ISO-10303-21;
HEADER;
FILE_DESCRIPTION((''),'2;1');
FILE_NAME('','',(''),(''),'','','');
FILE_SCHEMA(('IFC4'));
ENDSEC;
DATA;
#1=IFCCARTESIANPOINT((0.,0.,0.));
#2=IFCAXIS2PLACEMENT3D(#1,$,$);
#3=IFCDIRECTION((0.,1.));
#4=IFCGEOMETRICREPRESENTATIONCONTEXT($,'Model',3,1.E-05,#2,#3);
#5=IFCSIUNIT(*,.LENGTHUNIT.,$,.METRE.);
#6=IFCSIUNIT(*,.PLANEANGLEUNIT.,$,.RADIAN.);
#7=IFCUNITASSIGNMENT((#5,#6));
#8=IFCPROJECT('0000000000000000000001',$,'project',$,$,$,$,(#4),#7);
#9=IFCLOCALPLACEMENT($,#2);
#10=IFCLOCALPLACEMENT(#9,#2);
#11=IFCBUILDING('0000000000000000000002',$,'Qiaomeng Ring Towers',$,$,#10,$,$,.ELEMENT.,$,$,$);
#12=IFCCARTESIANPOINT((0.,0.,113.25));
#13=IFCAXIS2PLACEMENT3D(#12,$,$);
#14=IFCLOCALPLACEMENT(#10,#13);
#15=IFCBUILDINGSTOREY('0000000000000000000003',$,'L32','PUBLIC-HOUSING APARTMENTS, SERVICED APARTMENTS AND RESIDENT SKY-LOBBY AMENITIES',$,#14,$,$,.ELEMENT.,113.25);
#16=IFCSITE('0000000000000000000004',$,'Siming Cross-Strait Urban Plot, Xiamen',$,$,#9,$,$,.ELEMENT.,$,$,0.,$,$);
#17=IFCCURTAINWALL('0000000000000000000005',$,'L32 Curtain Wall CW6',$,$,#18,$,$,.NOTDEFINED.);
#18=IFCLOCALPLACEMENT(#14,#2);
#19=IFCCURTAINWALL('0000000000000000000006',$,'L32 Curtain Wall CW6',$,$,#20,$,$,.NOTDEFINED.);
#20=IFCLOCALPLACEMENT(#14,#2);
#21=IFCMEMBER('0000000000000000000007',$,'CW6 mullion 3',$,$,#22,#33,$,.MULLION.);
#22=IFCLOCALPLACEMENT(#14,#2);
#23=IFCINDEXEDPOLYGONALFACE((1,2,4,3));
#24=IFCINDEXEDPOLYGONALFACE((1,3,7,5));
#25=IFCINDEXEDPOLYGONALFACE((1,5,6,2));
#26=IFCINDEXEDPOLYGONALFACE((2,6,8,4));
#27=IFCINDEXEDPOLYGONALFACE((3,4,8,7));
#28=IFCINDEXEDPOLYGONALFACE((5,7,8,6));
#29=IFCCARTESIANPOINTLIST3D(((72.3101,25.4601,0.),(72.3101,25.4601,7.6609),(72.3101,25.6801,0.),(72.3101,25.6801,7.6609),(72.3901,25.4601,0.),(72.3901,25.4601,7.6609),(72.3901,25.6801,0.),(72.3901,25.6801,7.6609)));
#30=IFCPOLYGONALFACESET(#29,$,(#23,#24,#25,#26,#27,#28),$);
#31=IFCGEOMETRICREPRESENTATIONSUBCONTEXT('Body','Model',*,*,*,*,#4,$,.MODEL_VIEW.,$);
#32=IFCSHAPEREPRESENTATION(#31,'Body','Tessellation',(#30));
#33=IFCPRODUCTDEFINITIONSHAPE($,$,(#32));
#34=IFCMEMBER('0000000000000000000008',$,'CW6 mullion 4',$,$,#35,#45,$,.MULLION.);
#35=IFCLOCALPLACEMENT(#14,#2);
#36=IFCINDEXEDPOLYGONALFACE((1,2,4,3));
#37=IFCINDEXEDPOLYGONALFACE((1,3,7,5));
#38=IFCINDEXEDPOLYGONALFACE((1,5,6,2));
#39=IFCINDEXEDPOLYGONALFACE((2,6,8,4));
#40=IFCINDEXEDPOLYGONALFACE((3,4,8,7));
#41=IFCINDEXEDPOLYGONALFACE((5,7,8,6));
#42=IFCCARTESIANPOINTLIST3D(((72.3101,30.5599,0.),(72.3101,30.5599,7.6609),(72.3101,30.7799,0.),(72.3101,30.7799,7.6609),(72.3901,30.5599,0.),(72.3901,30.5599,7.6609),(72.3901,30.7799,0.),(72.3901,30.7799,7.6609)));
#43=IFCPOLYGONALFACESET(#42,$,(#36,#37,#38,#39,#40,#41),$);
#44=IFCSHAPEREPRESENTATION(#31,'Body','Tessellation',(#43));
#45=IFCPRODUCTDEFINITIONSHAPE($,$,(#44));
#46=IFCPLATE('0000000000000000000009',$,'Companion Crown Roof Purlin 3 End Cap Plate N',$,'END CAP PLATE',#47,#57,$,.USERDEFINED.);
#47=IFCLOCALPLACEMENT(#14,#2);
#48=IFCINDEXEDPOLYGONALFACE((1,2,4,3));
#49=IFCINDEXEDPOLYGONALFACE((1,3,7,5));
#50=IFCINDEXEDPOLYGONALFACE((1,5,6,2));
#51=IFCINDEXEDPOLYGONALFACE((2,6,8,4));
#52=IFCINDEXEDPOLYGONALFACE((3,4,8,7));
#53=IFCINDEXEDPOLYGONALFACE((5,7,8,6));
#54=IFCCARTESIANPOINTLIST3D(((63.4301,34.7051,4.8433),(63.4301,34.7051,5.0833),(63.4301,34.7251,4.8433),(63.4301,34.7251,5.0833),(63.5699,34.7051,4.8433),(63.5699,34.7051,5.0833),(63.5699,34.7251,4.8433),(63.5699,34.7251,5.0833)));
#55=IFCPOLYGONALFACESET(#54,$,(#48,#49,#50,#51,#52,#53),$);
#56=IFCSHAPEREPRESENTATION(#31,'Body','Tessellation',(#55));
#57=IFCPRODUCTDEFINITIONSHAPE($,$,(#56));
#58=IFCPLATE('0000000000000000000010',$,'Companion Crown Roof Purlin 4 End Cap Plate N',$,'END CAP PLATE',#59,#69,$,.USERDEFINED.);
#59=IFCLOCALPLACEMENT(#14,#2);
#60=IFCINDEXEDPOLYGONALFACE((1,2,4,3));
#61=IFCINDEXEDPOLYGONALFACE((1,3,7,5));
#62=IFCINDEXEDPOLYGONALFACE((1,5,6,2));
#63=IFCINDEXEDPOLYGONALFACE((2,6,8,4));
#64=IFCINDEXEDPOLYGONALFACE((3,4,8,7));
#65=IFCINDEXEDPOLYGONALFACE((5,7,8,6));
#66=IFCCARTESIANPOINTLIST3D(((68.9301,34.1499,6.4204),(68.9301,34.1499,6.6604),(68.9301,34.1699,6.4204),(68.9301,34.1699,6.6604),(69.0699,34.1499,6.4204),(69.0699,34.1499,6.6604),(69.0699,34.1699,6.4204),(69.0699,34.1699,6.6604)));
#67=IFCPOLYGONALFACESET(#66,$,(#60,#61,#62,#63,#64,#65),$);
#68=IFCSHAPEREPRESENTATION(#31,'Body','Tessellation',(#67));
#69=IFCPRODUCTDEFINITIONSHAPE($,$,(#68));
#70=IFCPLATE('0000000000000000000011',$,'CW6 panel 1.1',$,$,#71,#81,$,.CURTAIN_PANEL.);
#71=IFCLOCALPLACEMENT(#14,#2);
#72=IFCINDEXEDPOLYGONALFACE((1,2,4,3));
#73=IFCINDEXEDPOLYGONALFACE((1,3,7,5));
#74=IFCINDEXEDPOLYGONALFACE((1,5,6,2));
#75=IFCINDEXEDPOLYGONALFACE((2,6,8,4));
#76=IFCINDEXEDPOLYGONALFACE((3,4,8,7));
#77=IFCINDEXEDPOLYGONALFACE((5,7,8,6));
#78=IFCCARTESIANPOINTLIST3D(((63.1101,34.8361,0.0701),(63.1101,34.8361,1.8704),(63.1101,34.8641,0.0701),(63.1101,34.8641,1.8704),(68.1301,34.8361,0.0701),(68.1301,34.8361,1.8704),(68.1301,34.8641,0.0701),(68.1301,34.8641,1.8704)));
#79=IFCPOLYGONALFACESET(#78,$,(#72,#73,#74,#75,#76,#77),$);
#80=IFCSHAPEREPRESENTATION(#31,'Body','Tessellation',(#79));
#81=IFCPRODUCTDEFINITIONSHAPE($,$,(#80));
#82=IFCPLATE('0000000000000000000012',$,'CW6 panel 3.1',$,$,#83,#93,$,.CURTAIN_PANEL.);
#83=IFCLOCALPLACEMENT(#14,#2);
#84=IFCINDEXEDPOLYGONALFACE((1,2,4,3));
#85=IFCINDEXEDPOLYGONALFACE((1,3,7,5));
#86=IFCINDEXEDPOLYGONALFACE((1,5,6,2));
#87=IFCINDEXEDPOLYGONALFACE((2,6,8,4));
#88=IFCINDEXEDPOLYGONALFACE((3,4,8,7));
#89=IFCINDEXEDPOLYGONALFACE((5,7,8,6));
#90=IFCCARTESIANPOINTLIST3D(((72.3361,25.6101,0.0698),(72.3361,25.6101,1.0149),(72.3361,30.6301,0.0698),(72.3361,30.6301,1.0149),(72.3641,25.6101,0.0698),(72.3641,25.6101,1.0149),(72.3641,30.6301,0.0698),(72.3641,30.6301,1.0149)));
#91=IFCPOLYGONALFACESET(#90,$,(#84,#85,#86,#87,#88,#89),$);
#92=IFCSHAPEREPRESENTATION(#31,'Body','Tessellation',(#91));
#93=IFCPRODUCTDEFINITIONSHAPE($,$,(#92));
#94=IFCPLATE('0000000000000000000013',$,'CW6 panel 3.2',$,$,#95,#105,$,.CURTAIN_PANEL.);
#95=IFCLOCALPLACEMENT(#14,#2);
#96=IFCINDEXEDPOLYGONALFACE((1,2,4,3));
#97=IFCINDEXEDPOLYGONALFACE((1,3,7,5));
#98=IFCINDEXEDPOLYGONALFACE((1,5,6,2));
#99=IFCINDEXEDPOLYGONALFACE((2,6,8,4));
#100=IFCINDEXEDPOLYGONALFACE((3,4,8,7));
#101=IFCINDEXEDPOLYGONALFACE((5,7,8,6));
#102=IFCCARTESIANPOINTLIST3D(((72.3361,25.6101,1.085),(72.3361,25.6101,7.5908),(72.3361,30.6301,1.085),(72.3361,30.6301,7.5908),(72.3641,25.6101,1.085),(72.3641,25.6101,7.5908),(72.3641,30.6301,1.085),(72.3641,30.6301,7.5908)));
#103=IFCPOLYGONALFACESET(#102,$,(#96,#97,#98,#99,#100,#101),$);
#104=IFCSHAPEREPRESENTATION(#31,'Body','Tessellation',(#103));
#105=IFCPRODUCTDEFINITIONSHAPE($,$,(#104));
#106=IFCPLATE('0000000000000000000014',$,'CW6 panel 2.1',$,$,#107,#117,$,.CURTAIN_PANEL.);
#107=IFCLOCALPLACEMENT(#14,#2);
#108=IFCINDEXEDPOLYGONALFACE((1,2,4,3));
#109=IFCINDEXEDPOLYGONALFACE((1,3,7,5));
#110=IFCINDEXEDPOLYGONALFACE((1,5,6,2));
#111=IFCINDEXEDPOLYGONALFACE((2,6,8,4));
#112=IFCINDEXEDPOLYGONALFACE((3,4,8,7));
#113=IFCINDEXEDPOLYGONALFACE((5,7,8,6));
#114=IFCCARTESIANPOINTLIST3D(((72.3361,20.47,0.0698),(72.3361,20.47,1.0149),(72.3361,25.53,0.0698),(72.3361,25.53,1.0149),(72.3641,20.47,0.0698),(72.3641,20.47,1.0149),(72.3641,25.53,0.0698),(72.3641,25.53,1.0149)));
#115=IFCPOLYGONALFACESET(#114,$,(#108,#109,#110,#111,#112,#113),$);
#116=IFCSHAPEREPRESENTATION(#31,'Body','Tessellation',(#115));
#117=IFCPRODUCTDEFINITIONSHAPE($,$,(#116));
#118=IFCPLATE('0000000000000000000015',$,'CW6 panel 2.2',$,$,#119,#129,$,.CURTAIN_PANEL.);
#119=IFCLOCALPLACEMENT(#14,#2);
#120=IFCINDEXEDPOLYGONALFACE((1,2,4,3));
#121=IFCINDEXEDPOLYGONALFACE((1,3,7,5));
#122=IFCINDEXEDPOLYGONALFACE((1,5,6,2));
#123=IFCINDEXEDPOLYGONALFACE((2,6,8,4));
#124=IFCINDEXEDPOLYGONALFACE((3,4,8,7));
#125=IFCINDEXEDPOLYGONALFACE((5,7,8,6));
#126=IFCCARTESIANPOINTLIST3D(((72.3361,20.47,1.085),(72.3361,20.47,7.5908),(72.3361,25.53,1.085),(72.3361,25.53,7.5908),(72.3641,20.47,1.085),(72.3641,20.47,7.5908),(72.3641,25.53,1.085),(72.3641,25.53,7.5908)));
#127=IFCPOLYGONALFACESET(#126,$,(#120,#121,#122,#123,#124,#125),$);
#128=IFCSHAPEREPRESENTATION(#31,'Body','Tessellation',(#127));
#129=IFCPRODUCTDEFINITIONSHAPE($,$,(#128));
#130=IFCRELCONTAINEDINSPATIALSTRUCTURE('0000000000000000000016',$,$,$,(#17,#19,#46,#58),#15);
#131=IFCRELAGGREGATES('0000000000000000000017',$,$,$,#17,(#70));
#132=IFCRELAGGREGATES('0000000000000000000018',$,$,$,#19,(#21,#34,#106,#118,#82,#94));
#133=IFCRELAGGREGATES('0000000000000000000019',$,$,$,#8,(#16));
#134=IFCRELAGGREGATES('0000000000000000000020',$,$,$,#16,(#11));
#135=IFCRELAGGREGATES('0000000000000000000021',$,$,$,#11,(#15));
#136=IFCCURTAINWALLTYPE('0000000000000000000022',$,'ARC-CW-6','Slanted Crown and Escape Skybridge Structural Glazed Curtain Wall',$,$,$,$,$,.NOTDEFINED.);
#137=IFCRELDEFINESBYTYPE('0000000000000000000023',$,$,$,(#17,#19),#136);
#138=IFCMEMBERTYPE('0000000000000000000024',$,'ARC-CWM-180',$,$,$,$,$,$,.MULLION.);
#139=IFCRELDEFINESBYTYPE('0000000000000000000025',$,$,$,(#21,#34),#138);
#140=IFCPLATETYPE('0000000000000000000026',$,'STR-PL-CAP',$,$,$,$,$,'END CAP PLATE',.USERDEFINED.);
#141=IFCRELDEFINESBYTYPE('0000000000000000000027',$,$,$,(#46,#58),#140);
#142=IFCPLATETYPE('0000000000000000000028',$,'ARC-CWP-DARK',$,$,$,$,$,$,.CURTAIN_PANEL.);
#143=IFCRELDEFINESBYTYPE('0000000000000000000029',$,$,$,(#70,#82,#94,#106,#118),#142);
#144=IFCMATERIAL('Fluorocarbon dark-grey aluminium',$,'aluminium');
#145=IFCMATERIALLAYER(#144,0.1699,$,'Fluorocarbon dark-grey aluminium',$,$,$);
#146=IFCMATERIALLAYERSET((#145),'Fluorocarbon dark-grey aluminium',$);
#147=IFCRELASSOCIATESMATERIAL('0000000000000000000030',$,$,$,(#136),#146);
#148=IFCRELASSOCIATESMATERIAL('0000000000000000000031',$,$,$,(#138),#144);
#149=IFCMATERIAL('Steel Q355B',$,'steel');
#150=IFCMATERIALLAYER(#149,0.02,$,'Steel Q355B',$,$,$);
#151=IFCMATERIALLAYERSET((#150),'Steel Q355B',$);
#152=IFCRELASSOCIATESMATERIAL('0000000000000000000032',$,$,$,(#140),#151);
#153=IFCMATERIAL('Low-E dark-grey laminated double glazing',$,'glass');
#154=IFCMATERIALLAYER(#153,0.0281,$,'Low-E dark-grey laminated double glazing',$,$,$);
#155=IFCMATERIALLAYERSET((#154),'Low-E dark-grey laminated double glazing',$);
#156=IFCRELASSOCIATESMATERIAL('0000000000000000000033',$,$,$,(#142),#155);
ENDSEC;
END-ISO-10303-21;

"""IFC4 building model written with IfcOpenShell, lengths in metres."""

from ifc_helpers import new_model, si_unit, direction, frame, origin, origin_2d, place, context, subcontext, project, spatial, rectangle, extrude, source, transform, mapped, material, layer, layer_set, material_profile, profile_set, type_object, element, aggregate, save


model = new_model("IFC4")

# Units and contexts
model_context = context("Model", 3, precision=1e-05, world=origin(), true_north=direction((0.0, 1.0)))
body_context = subcontext(model_context, "Body", "Model", "MODEL_VIEW")
ifc_project = project(units=[si_unit("LENGTHUNIT", "METRE"), si_unit("PLANEANGLEUNIT", "RADIAN")], contexts=[model_context])

# Site, building, storey
site_placement = place(None, origin())
site = spatial("IfcSite", under=ifc_project, at=site_placement, Name="Siming Cross-Strait Urban Plot, Xiamen", CompositionType="ELEMENT", RefElevation=0.0)
building_placement = place(site_placement, origin())
building = spatial("IfcBuilding", under=site, at=building_placement, Name="Qiaomeng Ring Towers", CompositionType="ELEMENT")
storey_placement = place(building_placement, frame((0.0, 0.0, 113.25)))
storey = spatial("IfcBuildingStorey", under=building, at=storey_placement, Name="L32", Description="PUBLIC-HOUSING APARTMENTS, SERVICED APARTMENTS AND RESIDENT SKY-LOBBY AMENITIES", CompositionType="ELEMENT", Elevation=113.25)

# Shared definitions
ifc_material_1 = material(Name="Steel Q355B", Category="steel")

# Curtain walls
ifc_material_2 = material(Name="Fluorocarbon dark-grey aluminium", Category="aluminium")
ifc_layer_1 = layer(ifc_material_2, 0.1699, Name="Fluorocarbon dark-grey aluminium")
ifc_layer_set_1 = layer_set([ifc_layer_1], Name="Fluorocarbon dark-grey aluminium")
curtain_wall_type = type_object("IfcCurtainWallType", Name="ARC-CW-6", Description="Slanted Crown and Escape Skybridge Structural Glazed Curtain Wall", PredefinedType="NOTDEFINED", material=ifc_layer_set_1)
curtain_wall_1_placement = place(storey_placement, origin())
curtain_wall_1 = element("IfcCurtainWall", 1, at=curtain_wall_1_placement, inside=storey, type_object=curtain_wall_type, Name="L32 Curtain Wall CW6", PredefinedType="NOTDEFINED")
ifc_material_profile_1 = material_profile(ifc_material_2, rectangle(XDim=0.0801, YDim=0.22, at=origin_2d()), Name="ALU MULL 80x220")
ifc_profile_set_1 = profile_set([ifc_material_profile_1], Name="Fluorocarbon dark-grey aluminium")
member_type_1 = type_object("IfcMemberType", Name="ARC-CWM-180", PredefinedType="MULLION", material=ifc_profile_set_1)
curtain_wall_2_placement = place(storey_placement, origin())
curtain_wall_2 = element("IfcCurtainWall", 2, at=curtain_wall_2_placement, inside=storey, type_object=curtain_wall_type, Name="L32 Curtain Wall CW6", PredefinedType="NOTDEFINED")

# Members
shared_shape_1 = source(origin(), body_context, "Body", "SweptSolid", [
    extrude(rectangle(XDim=0.0801, YDim=0.22, at=origin_2d()), origin(), (0.0, 0.0, 1.0), 7.6609),
])
member_1_placement = place(storey_placement, frame((72.3501, 25.5701, 0.0), z_axis=(0.0, 0.0, 1.0), x_axis=(-1.0, 0.0, 0.0)))
member_1 = element("IfcMember", 3, at=member_1_placement, type_object=member_type_1, Name="CW6 mullion 3", PredefinedType="MULLION", context=body_context, shape_type="MappedRepresentation", body=[
    mapped(shared_shape_1, transform((0.0, 0.0, 0.0), x_axis=(1.0, 0.0, 0.0), y_axis=(0.0, 1.0, 0.0), z_axis=(0.0, 0.0, 1.0), scale=1.0)),
])
member_2_placement = place(storey_placement, frame((72.3501, 30.6699, 0.0), z_axis=(0.0, 0.0, 1.0), x_axis=(-1.0, 0.0, 0.0)))
member_2 = element("IfcMember", 4, at=member_2_placement, type_object=member_type_1, Name="CW6 mullion 4", PredefinedType="MULLION", context=body_context, shape_type="MappedRepresentation", body=[
    mapped(shared_shape_1, transform((0.0, 0.0, 0.0), x_axis=(1.0, 0.0, 0.0), y_axis=(0.0, 1.0, 0.0), z_axis=(0.0, 0.0, 1.0), scale=1.0)),
])

# Plates
ifc_layer_2 = layer(ifc_material_1, 0.02, Name="Steel Q355B")
ifc_layer_set_2 = layer_set([ifc_layer_2], Name="Steel Q355B")
plate_type_1 = type_object("IfcPlateType", Name="STR-PL-CAP", ElementType="END CAP PLATE", PredefinedType="USERDEFINED", material=ifc_layer_set_2)
shared_shape_2 = source(origin(), body_context, "Body", "SweptSolid", [
    extrude(rectangle(XDim=0.1399, YDim=0.02, at=origin_2d()), origin(), (0.0, 0.0, 1.0), 0.24),
])
for number, where, z_axis, x_axis, name in (
    (5, (63.5, 34.7151, 4.8433), (0.0, 0.0, 1.0), (1.0, 0.0, 0.0), "Companion Crown Roof Purlin 3 End Cap Plate N"),
    (6, (69.0, 34.1599, 6.4204), (0.0, 0.0, 1.0), (1.0, 0.0, 0.0), "Companion Crown Roof Purlin 4 End Cap Plate N"),
):
    element("IfcPlate", number, at=place(storey_placement, frame(where, z_axis=z_axis, x_axis=x_axis)), inside=storey, type_object=plate_type_1, Name=name, ObjectType="END CAP PLATE", PredefinedType="USERDEFINED", context=body_context, shape_type="MappedRepresentation", body=[
        mapped(shared_shape_2, transform((0.0, 0.0, 0.0), x_axis=(1.0, 0.0, 0.0), y_axis=(0.0, 1.0, 0.0), z_axis=(0.0, 0.0, 1.0), scale=1.0)),
    ])

# Plates
ifc_material_3 = material(Name="Low-E dark-grey laminated double glazing", Category="glass")
ifc_layer_3 = layer(ifc_material_3, 0.0281, Name="Low-E dark-grey laminated double glazing")
ifc_layer_set_3 = layer_set([ifc_layer_3], Name="Low-E dark-grey laminated double glazing")
plate_type_2 = type_object("IfcPlateType", Name="ARC-CWP-DARK", PredefinedType="CURTAIN_PANEL", material=ifc_layer_set_3)
shared_shape_3 = source(origin(), body_context, "Body", "SweptSolid", [
    extrude(rectangle(XDim=5.02, YDim=0.0281, at=origin_2d()), origin(), (0.0, 0.0, 1.0), 1.8003),
])
plate_1_placement = place(storey_placement, frame((65.6201, 34.8501, 0.0701), z_axis=(0.0, 0.0, 1.0), x_axis=(-1.0, 0.0, 0.0)))
plate_1 = element("IfcPlate", 7, at=plate_1_placement, type_object=plate_type_2, Name="CW6 panel 1.1", PredefinedType="CURTAIN_PANEL", context=body_context, shape_type="MappedRepresentation", body=[
    mapped(shared_shape_3, transform((0.0, 0.0, 0.0), x_axis=(1.0, 0.0, 0.0), y_axis=(0.0, 1.0, 0.0), z_axis=(0.0, 0.0, 1.0), scale=1.0)),
])
aggregate(curtain_wall_1, [plate_1])
shared_shape_4 = source(origin(), body_context, "Body", "SweptSolid", [
    extrude(rectangle(XDim=5.02, YDim=0.0281, at=origin_2d()), origin(), (0.0, 0.0, 1.0), 0.9451),
])
plate_2_placement = place(storey_placement, frame((72.3501, 28.1201, 0.0698), z_axis=(0.0, 0.0, 1.0), x_axis=(0.0, 1.0, 0.0)))
plate_2 = element("IfcPlate", 8, at=plate_2_placement, type_object=plate_type_2, Name="CW6 panel 3.1", PredefinedType="CURTAIN_PANEL", context=body_context, shape_type="MappedRepresentation", body=[
    mapped(shared_shape_4, transform((0.0, 0.0, 0.0), x_axis=(1.0, 0.0, 0.0), y_axis=(0.0, 1.0, 0.0), z_axis=(0.0, 0.0, 1.0), scale=1.0)),
])
shared_shape_5 = source(origin(), body_context, "Body", "SweptSolid", [
    extrude(rectangle(XDim=5.02, YDim=0.0281, at=origin_2d()), origin(), (0.0, 0.0, 1.0), 6.5059),
])
plate_3_placement = place(storey_placement, frame((72.3501, 28.1201, 1.085), z_axis=(0.0, 0.0, 1.0), x_axis=(0.0, 1.0, 0.0)))
plate_3 = element("IfcPlate", 9, at=plate_3_placement, type_object=plate_type_2, Name="CW6 panel 3.2", PredefinedType="CURTAIN_PANEL", context=body_context, shape_type="MappedRepresentation", body=[
    mapped(shared_shape_5, transform((0.0, 0.0, 0.0), x_axis=(1.0, 0.0, 0.0), y_axis=(0.0, 1.0, 0.0), z_axis=(0.0, 0.0, 1.0), scale=1.0)),
])
shared_shape_6 = source(origin(), body_context, "Body", "SweptSolid", [
    extrude(rectangle(XDim=5.0601, YDim=0.0281, at=origin_2d()), origin(), (0.0, 0.0, 1.0), 0.9451),
])
plate_4_placement = place(storey_placement, frame((72.3501, 23.0, 0.0698), z_axis=(0.0, 0.0, 1.0), x_axis=(0.0, 1.0, 0.0)))
plate_4 = element("IfcPlate", 10, at=plate_4_placement, type_object=plate_type_2, Name="CW6 panel 2.1", PredefinedType="CURTAIN_PANEL", context=body_context, shape_type="MappedRepresentation", body=[
    mapped(shared_shape_6, transform((0.0, 0.0, 0.0), x_axis=(1.0, 0.0, 0.0), y_axis=(0.0, 1.0, 0.0), z_axis=(0.0, 0.0, 1.0), scale=1.0)),
])
shared_shape_7 = source(origin(), body_context, "Body", "SweptSolid", [
    extrude(rectangle(XDim=5.0601, YDim=0.0281, at=origin_2d()), origin(), (0.0, 0.0, 1.0), 6.5059),
])
plate_5_placement = place(storey_placement, frame((72.3501, 23.0, 1.085), z_axis=(0.0, 0.0, 1.0), x_axis=(0.0, 1.0, 0.0)))
plate_5 = element("IfcPlate", 11, at=plate_5_placement, type_object=plate_type_2, Name="CW6 panel 2.2", PredefinedType="CURTAIN_PANEL", context=body_context, shape_type="MappedRepresentation", body=[
    mapped(shared_shape_7, transform((0.0, 0.0, 0.0), x_axis=(1.0, 0.0, 0.0), y_axis=(0.0, 1.0, 0.0), z_axis=(0.0, 0.0, 1.0), scale=1.0)),
])
aggregate(curtain_wall_2, [member_1, member_2, plate_4, plate_5, plate_2, plate_3])

save(model, "model.ifc")
